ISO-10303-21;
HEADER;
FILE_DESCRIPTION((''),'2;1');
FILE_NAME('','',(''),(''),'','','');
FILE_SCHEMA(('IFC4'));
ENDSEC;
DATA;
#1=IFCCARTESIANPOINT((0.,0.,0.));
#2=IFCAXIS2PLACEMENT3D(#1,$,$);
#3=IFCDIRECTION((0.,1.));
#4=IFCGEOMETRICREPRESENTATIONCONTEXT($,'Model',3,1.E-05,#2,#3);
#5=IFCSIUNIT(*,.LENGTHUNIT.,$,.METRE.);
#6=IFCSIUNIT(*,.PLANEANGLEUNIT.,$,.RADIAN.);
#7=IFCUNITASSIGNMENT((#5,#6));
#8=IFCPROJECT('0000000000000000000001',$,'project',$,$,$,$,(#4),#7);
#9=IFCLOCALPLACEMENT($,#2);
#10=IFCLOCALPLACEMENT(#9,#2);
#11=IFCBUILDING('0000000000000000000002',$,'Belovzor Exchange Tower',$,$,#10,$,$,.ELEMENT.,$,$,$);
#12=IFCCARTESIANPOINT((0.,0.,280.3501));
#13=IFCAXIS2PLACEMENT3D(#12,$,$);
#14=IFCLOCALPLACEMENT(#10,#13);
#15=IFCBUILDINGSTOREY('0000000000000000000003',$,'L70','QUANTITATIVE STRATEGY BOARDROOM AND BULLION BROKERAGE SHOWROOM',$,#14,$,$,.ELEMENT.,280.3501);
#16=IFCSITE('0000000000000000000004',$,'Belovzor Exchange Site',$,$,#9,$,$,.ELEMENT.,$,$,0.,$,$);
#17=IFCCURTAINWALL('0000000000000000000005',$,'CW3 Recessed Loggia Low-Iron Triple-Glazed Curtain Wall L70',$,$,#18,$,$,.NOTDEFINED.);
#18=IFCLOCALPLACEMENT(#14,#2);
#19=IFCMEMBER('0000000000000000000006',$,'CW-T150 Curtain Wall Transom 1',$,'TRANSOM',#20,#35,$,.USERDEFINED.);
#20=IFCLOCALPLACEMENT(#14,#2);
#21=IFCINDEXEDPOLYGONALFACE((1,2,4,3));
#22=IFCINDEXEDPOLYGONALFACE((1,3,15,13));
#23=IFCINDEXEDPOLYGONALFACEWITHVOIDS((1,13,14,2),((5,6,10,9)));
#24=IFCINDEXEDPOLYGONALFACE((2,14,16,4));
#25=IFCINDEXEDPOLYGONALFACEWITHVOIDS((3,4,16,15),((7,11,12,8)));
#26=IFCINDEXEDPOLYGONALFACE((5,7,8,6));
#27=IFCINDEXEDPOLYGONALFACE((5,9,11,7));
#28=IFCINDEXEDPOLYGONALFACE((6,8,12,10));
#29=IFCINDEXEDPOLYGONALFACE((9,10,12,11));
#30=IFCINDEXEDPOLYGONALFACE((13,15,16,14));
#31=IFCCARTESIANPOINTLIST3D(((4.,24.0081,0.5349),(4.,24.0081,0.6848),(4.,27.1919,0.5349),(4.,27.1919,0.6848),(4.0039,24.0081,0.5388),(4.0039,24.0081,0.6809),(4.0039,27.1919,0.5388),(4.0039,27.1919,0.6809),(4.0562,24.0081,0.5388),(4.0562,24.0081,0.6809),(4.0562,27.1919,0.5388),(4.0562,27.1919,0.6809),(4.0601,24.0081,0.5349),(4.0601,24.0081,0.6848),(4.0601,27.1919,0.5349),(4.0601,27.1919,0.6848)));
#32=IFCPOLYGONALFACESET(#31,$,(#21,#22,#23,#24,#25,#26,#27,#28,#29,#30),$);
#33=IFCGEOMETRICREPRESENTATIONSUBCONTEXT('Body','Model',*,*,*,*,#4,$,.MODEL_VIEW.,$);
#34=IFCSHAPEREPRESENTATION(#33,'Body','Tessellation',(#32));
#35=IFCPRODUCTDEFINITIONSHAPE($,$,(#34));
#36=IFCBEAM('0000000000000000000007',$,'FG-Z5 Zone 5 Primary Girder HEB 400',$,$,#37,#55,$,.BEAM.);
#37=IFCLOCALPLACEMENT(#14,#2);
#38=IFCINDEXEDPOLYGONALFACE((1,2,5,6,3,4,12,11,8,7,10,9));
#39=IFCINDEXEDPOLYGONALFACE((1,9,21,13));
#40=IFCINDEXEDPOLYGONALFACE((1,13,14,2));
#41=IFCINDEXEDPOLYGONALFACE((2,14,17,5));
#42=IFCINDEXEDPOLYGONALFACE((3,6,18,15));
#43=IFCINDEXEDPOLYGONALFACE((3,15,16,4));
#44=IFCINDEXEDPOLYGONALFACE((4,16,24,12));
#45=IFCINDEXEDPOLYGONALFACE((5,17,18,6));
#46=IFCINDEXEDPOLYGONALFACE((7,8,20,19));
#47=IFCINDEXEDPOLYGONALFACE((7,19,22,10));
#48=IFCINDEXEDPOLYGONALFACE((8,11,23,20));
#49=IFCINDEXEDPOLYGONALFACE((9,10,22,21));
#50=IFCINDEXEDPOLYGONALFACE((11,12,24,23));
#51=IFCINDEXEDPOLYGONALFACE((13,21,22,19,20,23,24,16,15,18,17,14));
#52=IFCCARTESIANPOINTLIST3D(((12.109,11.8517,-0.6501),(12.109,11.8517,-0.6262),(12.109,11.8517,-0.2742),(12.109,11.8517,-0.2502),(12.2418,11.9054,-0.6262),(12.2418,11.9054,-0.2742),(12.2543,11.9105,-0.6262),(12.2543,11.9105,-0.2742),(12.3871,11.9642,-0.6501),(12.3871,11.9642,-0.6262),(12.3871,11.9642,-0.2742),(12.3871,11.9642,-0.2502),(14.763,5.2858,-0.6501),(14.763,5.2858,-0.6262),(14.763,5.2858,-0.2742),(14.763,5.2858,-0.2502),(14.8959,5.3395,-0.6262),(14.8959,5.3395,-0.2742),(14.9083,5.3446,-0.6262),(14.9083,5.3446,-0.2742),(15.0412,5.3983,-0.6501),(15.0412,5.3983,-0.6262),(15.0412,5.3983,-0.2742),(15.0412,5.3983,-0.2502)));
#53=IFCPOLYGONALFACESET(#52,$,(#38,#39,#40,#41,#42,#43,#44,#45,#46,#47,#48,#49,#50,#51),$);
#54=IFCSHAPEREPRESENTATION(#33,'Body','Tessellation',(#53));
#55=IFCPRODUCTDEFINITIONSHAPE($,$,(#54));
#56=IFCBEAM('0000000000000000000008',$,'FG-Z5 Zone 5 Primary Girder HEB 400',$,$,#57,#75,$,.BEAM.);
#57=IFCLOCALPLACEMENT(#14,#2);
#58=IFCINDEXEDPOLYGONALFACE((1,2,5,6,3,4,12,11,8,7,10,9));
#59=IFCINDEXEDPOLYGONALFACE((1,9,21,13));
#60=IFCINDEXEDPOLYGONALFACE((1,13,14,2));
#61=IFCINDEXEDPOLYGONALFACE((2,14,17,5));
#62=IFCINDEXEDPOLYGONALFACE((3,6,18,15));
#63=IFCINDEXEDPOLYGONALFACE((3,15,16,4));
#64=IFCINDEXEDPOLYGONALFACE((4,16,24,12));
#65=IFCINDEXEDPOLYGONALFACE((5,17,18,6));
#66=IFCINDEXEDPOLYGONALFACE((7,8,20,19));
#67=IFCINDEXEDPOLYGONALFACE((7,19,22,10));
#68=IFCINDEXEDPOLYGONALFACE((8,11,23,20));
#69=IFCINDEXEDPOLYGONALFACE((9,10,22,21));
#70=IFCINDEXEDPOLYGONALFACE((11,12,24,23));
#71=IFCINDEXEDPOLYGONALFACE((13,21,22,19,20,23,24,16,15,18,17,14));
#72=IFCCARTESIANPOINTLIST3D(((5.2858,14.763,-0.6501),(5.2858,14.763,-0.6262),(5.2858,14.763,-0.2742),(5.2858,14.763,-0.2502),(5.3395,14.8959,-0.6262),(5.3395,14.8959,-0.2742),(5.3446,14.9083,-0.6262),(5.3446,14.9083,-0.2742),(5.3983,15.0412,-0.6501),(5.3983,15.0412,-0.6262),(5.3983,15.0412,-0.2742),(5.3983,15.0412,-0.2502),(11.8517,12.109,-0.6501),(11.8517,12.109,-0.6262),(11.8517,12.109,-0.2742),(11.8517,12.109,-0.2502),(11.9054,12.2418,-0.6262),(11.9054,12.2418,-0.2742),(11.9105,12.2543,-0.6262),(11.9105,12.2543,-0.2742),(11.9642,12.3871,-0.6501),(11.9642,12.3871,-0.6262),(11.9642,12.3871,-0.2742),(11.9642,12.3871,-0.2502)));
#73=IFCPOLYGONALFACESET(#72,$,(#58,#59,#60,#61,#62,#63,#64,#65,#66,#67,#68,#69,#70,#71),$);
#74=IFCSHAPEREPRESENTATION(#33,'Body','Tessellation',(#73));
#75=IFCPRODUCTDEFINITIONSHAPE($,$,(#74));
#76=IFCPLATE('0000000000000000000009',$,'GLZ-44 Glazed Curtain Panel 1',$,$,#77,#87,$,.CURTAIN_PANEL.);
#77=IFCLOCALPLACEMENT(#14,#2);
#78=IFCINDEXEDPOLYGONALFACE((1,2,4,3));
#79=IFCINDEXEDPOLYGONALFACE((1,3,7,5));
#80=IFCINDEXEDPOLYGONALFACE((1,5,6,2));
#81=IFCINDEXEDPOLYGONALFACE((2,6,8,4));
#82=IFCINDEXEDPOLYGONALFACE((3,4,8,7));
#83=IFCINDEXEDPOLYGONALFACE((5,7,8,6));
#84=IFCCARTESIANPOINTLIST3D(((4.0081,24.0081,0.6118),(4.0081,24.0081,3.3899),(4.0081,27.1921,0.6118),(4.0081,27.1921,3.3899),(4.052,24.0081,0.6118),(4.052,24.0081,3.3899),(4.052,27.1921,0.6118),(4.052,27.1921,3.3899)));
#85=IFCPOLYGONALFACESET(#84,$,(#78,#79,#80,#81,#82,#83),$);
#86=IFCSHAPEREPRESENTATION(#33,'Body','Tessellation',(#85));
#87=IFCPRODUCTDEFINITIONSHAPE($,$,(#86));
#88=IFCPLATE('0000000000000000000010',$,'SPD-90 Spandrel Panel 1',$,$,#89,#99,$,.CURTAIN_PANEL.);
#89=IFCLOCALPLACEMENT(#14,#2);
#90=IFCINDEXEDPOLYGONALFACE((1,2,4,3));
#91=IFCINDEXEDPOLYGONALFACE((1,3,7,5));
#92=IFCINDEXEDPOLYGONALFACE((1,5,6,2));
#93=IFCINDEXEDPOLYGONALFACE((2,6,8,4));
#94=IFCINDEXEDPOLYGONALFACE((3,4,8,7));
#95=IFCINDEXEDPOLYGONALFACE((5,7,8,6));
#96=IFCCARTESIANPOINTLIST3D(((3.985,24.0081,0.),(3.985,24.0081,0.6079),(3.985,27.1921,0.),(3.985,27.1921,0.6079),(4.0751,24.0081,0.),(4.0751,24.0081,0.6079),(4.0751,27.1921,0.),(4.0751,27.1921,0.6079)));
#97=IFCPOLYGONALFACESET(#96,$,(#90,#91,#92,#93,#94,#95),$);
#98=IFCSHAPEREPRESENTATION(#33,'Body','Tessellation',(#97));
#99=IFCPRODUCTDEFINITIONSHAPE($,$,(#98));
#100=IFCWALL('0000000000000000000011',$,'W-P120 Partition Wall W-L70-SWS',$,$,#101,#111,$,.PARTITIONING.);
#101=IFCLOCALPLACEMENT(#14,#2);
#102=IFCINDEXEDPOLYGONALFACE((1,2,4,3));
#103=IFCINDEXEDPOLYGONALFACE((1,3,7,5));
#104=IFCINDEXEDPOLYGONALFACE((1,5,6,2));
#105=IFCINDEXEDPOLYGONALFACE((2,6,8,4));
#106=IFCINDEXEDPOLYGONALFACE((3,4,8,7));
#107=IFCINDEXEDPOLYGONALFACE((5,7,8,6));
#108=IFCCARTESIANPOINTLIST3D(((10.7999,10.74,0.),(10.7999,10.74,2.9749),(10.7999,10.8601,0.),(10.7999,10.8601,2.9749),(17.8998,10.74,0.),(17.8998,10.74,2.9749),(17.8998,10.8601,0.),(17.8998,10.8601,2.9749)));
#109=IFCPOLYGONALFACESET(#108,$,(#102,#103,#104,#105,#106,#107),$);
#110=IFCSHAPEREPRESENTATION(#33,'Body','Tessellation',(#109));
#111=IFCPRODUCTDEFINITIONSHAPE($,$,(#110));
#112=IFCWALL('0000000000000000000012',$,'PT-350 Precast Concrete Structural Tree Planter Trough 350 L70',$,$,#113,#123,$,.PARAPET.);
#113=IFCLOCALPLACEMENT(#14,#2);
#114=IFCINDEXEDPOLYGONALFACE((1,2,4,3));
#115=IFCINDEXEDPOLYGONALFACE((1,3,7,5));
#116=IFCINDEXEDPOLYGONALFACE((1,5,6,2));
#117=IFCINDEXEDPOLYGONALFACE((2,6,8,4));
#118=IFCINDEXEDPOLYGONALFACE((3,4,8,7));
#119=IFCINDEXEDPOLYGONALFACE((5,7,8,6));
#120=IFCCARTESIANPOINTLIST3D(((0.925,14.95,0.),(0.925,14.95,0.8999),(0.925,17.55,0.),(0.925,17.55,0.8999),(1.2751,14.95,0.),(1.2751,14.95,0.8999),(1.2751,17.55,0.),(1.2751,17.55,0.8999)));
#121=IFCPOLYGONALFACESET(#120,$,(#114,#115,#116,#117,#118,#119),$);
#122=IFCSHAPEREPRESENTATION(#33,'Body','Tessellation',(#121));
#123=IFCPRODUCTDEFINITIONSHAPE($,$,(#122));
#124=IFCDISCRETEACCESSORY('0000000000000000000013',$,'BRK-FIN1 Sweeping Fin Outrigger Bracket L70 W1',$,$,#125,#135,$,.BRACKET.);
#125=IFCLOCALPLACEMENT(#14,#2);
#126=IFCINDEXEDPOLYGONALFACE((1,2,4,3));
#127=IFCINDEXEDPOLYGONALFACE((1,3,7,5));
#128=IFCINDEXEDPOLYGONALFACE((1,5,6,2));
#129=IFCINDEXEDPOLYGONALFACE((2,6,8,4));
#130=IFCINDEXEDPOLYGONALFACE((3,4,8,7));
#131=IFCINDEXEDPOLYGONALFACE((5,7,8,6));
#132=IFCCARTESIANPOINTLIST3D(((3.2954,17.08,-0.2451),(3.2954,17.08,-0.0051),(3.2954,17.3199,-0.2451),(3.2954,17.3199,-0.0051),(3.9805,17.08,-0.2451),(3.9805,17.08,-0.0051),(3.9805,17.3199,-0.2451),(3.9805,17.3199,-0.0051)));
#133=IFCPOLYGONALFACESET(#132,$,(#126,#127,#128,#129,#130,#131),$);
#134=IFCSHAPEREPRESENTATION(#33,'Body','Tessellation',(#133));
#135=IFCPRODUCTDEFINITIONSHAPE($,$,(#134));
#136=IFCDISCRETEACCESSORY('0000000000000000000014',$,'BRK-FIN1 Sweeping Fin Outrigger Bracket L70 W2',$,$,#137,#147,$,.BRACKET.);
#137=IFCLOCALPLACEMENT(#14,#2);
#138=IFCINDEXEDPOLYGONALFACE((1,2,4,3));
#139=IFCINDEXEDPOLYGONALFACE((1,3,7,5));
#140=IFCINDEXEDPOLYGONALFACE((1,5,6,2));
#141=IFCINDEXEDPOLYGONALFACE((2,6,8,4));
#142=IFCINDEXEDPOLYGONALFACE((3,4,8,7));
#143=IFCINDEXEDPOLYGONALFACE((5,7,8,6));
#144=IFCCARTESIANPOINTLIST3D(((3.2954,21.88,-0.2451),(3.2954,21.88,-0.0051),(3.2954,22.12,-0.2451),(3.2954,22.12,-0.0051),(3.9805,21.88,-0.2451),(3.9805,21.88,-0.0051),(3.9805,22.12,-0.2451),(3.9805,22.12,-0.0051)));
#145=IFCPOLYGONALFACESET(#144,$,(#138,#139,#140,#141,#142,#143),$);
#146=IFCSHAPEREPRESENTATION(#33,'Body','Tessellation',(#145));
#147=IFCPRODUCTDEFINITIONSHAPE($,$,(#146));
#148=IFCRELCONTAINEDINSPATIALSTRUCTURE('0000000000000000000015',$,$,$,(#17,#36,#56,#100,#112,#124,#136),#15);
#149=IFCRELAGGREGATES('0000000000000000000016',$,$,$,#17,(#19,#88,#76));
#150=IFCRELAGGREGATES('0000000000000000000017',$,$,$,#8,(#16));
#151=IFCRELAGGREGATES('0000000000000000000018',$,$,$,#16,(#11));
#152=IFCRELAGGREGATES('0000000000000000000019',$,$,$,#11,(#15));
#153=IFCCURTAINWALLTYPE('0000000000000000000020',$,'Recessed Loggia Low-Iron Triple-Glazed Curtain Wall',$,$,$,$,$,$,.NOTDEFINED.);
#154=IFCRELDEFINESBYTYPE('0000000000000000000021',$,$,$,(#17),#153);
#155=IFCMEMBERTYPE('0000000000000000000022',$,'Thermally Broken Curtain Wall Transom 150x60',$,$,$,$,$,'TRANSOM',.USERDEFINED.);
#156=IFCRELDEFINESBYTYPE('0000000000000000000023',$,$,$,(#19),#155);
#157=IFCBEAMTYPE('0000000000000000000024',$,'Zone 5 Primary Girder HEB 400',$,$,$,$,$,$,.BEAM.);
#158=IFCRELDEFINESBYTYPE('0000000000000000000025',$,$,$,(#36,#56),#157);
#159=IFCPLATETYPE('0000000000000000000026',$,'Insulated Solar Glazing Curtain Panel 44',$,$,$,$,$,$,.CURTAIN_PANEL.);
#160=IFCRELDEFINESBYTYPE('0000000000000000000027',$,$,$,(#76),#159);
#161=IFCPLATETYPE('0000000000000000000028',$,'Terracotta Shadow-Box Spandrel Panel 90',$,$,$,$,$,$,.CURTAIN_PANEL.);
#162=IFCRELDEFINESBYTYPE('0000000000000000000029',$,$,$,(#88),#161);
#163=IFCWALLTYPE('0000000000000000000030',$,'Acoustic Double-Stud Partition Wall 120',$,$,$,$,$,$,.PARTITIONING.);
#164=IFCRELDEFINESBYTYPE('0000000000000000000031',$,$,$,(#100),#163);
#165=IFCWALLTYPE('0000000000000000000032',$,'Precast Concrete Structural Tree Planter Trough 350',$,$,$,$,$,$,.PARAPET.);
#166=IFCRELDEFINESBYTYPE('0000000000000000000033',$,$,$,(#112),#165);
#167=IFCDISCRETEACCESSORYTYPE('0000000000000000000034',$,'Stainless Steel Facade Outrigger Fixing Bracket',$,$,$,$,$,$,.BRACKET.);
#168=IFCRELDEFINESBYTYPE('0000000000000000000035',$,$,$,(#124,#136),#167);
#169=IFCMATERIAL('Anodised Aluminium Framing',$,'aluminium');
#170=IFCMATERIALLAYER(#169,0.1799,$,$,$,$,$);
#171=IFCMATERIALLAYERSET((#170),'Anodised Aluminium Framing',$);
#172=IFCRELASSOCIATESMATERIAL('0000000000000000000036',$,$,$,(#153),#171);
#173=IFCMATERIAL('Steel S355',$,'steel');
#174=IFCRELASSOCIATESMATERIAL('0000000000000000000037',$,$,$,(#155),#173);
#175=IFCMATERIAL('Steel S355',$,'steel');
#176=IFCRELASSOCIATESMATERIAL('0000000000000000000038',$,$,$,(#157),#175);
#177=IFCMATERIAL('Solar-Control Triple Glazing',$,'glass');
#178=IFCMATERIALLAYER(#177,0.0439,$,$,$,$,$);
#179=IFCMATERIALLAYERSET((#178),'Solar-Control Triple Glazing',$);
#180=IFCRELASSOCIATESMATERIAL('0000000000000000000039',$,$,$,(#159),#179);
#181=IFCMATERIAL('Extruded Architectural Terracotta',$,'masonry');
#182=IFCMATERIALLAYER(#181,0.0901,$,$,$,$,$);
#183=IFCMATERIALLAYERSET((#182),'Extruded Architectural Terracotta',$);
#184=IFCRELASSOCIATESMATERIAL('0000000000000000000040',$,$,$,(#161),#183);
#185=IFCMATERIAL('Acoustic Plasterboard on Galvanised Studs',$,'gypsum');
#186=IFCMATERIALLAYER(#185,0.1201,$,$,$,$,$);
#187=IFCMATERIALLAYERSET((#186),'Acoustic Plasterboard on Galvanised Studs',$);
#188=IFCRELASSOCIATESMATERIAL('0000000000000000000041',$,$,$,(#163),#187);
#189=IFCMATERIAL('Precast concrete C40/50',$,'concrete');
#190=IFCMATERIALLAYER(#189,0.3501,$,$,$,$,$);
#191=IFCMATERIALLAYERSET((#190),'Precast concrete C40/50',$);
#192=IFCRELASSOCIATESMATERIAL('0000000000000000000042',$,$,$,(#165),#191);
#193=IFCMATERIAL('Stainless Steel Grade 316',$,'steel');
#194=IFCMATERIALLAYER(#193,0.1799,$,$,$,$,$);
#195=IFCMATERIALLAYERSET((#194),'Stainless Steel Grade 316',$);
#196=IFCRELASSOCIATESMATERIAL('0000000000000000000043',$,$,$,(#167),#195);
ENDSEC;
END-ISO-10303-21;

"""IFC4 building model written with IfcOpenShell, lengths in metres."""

from ifc_helpers import new_model, si_unit, direction, frame, frame_2d, origin, origin_2d, place, context, subcontext, project, spatial, rectangle, hollow_rectangle, i_section, extrude, material, layer, layer_set, material_profile, profile_set, type_object, element, aggregate, save


model = new_model("IFC4")

# Units and contexts
model_context = context("Model", 3, precision=1e-05, world=origin(), true_north=direction((0.0, 1.0)))
body_context = subcontext(model_context, "Body", "Model", "MODEL_VIEW")
ifc_project = project(units=[si_unit("LENGTHUNIT", "METRE"), si_unit("PLANEANGLEUNIT", "RADIAN")], contexts=[model_context])

# Site, building, storey
site_placement = place(None, origin())
site = spatial("IfcSite", under=ifc_project, at=site_placement, Name="Belovzor Exchange Site", CompositionType="ELEMENT", RefElevation=0.0)
building_placement = place(site_placement, origin())
building = spatial("IfcBuilding", under=site, at=building_placement, Name="Belovzor Exchange Tower", CompositionType="ELEMENT")
storey_placement = place(building_placement, frame((0.0, 0.0, 280.3501)))
storey = spatial("IfcBuildingStorey", under=building, at=storey_placement, Name="L70", Description="QUANTITATIVE STRATEGY BOARDROOM AND BULLION BROKERAGE SHOWROOM", CompositionType="ELEMENT", Elevation=280.3501)

# Curtain wall, member
ifc_material_1 = material(Name="Anodised Aluminium Framing", Category="aluminium")
ifc_layer_1 = layer(ifc_material_1, 0.1799)
ifc_layer_set_1 = layer_set([ifc_layer_1], Name="Anodised Aluminium Framing")
curtain_wall_type = type_object("IfcCurtainWallType", Name="Recessed Loggia Low-Iron Triple-Glazed Curtain Wall", PredefinedType="NOTDEFINED", material=ifc_layer_set_1)
curtain_wall_placement = place(storey_placement, origin())
curtain_wall = element("IfcCurtainWall", 1, at=curtain_wall_placement, inside=storey, type_object=curtain_wall_type, Name="CW3 Recessed Loggia Low-Iron Triple-Glazed Curtain Wall L70", PredefinedType="NOTDEFINED")
ifc_material_2 = material(Name="Steel S355", Category="steel")
ifc_material_profile_1 = material_profile(ifc_material_2, hollow_rectangle(XDim=0.0601, YDim=0.1499, WallThickness=0.0039, at=origin_2d()))
ifc_profile_set_1 = profile_set([ifc_material_profile_1], Name="Steel S355")
member_type_1 = type_object("IfcMemberType", Name="Thermally Broken Curtain Wall Transom 150x60", ElementType="TRANSOM", PredefinedType="USERDEFINED", material=ifc_profile_set_1)
member_1_placement = place(storey_placement, frame((4.03, 24.0081, 0.6099), z_axis=(0.0, 1.0, 0.0), x_axis=(-1.0, 0.0, 0.0)))
member_1 = element("IfcMember", 2, at=member_1_placement, type_object=member_type_1, Name="CW-T150 Curtain Wall Transom 1", ObjectType="TRANSOM", PredefinedType="USERDEFINED", context=body_context, shape_type="SweptSolid", body=[
    extrude(hollow_rectangle(XDim=0.0601, YDim=0.1499, WallThickness=0.0039, at=origin_2d()), origin(), (0.0, 0.0, 1.0), 3.1838),
])

# Beams
ifc_material_3 = material(Name="Steel S355", Category="steel")
ifc_material_profile_2 = material_profile(ifc_material_3, i_section(OverallWidth=0.3, OverallDepth=0.3999, WebThickness=0.0134, FlangeThickness=0.0239, at=origin_2d()))
ifc_profile_set_2 = profile_set([ifc_material_profile_2], Name="Steel S355")
beam_type_1 = type_object("IfcBeamType", Name="Zone 5 Primary Girder HEB 400", PredefinedType="BEAM", material=ifc_profile_set_2)
for number, where, z_axis, x_axis, name in (
    (3, (12.248, 11.908, -0.4502), (0.374758, -0.927123, 0.0), (0.927123, 0.374758, 0.0), "FG-Z5 Zone 5 Primary Girder HEB 400"),
    (4, (5.342, 14.9021, -0.4502), (0.927123, -0.374758, 0.0), (0.374758, 0.927123, 0.0), "FG-Z5 Zone 5 Primary Girder HEB 400"),
):
    element("IfcBeam", number, at=place(storey_placement, frame(where, z_axis=z_axis, x_axis=x_axis)), inside=storey, type_object=beam_type_1, Name=name, PredefinedType="BEAM", context=body_context, shape_type="SweptSolid", body=[
        extrude(i_section(OverallWidth=0.3, OverallDepth=0.3999, WebThickness=0.0134, FlangeThickness=0.0239, at=origin_2d()), origin(), (0.0, 0.0, 1.0), 7.082),
    ])

# Plates
ifc_material_4 = material(Name="Solar-Control Triple Glazing", Category="glass")
ifc_layer_2 = layer(ifc_material_4, 0.0439)
ifc_layer_set_2 = layer_set([ifc_layer_2], Name="Solar-Control Triple Glazing")
plate_type_1 = type_object("IfcPlateType", Name="Insulated Solar Glazing Curtain Panel 44", PredefinedType="CURTAIN_PANEL", material=ifc_layer_set_2)
plate_1_placement = place(storey_placement, frame((4.03, 25.6001, 0.6118), z_axis=(0.0, 0.0, 1.0), x_axis=(0.0, 1.0, 0.0)))
plate_1 = element("IfcPlate", 5, at=plate_1_placement, type_object=plate_type_1, Name="GLZ-44 Glazed Curtain Panel 1", PredefinedType="CURTAIN_PANEL", context=body_context, shape_type="SweptSolid", body=[
    extrude(rectangle(XDim=3.1841, YDim=0.0439, at=origin_2d()), origin(), (0.0, 0.0, 1.0), 2.7781),
])
ifc_material_5 = material(Name="Extruded Architectural Terracotta", Category="masonry")
ifc_layer_3 = layer(ifc_material_5, 0.0901)
ifc_layer_set_3 = layer_set([ifc_layer_3], Name="Extruded Architectural Terracotta")
plate_type_2 = type_object("IfcPlateType", Name="Terracotta Shadow-Box Spandrel Panel 90", PredefinedType="CURTAIN_PANEL", material=ifc_layer_set_3)
plate_2_placement = place(storey_placement, frame((4.03, 25.6001, 0.0), z_axis=(0.0, 0.0, 1.0), x_axis=(0.0, 1.0, 0.0)))
plate_2 = element("IfcPlate", 6, at=plate_2_placement, type_object=plate_type_2, Name="SPD-90 Spandrel Panel 1", PredefinedType="CURTAIN_PANEL", context=body_context, shape_type="SweptSolid", body=[
    extrude(rectangle(XDim=3.1841, YDim=0.0901, at=origin_2d()), origin(), (0.0, 0.0, 1.0), 0.6079),
])
aggregate(curtain_wall, [member_1, plate_2, plate_1])

# Walls
ifc_material_6 = material(Name="Acoustic Plasterboard on Galvanised Studs", Category="gypsum")
ifc_layer_4 = layer(ifc_material_6, 0.1201)
ifc_layer_set_4 = layer_set([ifc_layer_4], Name="Acoustic Plasterboard on Galvanised Studs")
wall_type_1 = type_object("IfcWallType", Name="Acoustic Double-Stud Partition Wall 120", PredefinedType="PARTITIONING", material=ifc_layer_set_4)
wall_1_placement = place(storey_placement, frame((10.8, 10.8, 0.0), z_axis=(0.0, 0.0, 1.0), x_axis=(1.0, 0.0, 0.0)))
element("IfcWall", 7, at=wall_1_placement, inside=storey, type_object=wall_type_1, Name="W-P120 Partition Wall W-L70-SWS", PredefinedType="PARTITIONING", context=body_context, shape_type="SweptSolid", body=[
    extrude(rectangle(XDim=7.0999, YDim=0.1201, at=frame_2d((3.5498, 0.0))), origin(), (0.0, 0.0, 1.0), 2.9749),
])
ifc_material_7 = material(Name="Precast concrete C40/50", Category="concrete")
ifc_layer_5 = layer(ifc_material_7, 0.3501)
ifc_layer_set_5 = layer_set([ifc_layer_5], Name="Precast concrete C40/50")
wall_type_2 = type_object("IfcWallType", Name="Precast Concrete Structural Tree Planter Trough 350", PredefinedType="PARAPET", material=ifc_layer_set_5)
wall_2_placement = place(storey_placement, frame((1.1001, 14.95, 0.0), z_axis=(0.0, 0.0, 1.0), x_axis=(0.0, 1.0, 0.0)))
element("IfcWall", 8, at=wall_2_placement, inside=storey, type_object=wall_type_2, Name="PT-350 Precast Concrete Structural Tree Planter Trough 350 L70", PredefinedType="PARAPET", context=body_context, shape_type="SweptSolid", body=[
    extrude(rectangle(XDim=2.6001, YDim=0.3501, at=frame_2d((1.3, 0.0))), origin(), (0.0, 0.0, 1.0), 0.8999),
])

# Discrete accessories
ifc_material_8 = material(Name="Stainless Steel Grade 316", Category="steel")
ifc_layer_6 = layer(ifc_material_8, 0.1799)
ifc_layer_set_6 = layer_set([ifc_layer_6], Name="Stainless Steel Grade 316")
discrete_accessory_type = type_object("IfcDiscreteAccessoryType", Name="Stainless Steel Facade Outrigger Fixing Bracket", PredefinedType="BRACKET", material=ifc_layer_set_6)
for number, where, z_axis, x_axis, name in (
    (9, (3.6379, 17.2, -0.2451), (0.0, 0.0, 1.0), (1.0, 0.0, 0.0), "BRK-FIN1 Sweeping Fin Outrigger Bracket L70 W1"),
    (10, (3.6379, 22.0, -0.2451), (0.0, 0.0, 1.0), (1.0, 0.0, 0.0), "BRK-FIN1 Sweeping Fin Outrigger Bracket L70 W2"),
):
    element("IfcDiscreteAccessory", number, at=place(storey_placement, frame(where, z_axis=z_axis, x_axis=x_axis)), inside=storey, type_object=discrete_accessory_type, Name=name, PredefinedType="BRACKET", context=body_context, shape_type="SweptSolid", body=[
        extrude(rectangle(XDim=0.6851, YDim=0.24, at=origin_2d()), origin(), (0.0, 0.0, 1.0), 0.24),
    ])

save(model, "model.ifc")
